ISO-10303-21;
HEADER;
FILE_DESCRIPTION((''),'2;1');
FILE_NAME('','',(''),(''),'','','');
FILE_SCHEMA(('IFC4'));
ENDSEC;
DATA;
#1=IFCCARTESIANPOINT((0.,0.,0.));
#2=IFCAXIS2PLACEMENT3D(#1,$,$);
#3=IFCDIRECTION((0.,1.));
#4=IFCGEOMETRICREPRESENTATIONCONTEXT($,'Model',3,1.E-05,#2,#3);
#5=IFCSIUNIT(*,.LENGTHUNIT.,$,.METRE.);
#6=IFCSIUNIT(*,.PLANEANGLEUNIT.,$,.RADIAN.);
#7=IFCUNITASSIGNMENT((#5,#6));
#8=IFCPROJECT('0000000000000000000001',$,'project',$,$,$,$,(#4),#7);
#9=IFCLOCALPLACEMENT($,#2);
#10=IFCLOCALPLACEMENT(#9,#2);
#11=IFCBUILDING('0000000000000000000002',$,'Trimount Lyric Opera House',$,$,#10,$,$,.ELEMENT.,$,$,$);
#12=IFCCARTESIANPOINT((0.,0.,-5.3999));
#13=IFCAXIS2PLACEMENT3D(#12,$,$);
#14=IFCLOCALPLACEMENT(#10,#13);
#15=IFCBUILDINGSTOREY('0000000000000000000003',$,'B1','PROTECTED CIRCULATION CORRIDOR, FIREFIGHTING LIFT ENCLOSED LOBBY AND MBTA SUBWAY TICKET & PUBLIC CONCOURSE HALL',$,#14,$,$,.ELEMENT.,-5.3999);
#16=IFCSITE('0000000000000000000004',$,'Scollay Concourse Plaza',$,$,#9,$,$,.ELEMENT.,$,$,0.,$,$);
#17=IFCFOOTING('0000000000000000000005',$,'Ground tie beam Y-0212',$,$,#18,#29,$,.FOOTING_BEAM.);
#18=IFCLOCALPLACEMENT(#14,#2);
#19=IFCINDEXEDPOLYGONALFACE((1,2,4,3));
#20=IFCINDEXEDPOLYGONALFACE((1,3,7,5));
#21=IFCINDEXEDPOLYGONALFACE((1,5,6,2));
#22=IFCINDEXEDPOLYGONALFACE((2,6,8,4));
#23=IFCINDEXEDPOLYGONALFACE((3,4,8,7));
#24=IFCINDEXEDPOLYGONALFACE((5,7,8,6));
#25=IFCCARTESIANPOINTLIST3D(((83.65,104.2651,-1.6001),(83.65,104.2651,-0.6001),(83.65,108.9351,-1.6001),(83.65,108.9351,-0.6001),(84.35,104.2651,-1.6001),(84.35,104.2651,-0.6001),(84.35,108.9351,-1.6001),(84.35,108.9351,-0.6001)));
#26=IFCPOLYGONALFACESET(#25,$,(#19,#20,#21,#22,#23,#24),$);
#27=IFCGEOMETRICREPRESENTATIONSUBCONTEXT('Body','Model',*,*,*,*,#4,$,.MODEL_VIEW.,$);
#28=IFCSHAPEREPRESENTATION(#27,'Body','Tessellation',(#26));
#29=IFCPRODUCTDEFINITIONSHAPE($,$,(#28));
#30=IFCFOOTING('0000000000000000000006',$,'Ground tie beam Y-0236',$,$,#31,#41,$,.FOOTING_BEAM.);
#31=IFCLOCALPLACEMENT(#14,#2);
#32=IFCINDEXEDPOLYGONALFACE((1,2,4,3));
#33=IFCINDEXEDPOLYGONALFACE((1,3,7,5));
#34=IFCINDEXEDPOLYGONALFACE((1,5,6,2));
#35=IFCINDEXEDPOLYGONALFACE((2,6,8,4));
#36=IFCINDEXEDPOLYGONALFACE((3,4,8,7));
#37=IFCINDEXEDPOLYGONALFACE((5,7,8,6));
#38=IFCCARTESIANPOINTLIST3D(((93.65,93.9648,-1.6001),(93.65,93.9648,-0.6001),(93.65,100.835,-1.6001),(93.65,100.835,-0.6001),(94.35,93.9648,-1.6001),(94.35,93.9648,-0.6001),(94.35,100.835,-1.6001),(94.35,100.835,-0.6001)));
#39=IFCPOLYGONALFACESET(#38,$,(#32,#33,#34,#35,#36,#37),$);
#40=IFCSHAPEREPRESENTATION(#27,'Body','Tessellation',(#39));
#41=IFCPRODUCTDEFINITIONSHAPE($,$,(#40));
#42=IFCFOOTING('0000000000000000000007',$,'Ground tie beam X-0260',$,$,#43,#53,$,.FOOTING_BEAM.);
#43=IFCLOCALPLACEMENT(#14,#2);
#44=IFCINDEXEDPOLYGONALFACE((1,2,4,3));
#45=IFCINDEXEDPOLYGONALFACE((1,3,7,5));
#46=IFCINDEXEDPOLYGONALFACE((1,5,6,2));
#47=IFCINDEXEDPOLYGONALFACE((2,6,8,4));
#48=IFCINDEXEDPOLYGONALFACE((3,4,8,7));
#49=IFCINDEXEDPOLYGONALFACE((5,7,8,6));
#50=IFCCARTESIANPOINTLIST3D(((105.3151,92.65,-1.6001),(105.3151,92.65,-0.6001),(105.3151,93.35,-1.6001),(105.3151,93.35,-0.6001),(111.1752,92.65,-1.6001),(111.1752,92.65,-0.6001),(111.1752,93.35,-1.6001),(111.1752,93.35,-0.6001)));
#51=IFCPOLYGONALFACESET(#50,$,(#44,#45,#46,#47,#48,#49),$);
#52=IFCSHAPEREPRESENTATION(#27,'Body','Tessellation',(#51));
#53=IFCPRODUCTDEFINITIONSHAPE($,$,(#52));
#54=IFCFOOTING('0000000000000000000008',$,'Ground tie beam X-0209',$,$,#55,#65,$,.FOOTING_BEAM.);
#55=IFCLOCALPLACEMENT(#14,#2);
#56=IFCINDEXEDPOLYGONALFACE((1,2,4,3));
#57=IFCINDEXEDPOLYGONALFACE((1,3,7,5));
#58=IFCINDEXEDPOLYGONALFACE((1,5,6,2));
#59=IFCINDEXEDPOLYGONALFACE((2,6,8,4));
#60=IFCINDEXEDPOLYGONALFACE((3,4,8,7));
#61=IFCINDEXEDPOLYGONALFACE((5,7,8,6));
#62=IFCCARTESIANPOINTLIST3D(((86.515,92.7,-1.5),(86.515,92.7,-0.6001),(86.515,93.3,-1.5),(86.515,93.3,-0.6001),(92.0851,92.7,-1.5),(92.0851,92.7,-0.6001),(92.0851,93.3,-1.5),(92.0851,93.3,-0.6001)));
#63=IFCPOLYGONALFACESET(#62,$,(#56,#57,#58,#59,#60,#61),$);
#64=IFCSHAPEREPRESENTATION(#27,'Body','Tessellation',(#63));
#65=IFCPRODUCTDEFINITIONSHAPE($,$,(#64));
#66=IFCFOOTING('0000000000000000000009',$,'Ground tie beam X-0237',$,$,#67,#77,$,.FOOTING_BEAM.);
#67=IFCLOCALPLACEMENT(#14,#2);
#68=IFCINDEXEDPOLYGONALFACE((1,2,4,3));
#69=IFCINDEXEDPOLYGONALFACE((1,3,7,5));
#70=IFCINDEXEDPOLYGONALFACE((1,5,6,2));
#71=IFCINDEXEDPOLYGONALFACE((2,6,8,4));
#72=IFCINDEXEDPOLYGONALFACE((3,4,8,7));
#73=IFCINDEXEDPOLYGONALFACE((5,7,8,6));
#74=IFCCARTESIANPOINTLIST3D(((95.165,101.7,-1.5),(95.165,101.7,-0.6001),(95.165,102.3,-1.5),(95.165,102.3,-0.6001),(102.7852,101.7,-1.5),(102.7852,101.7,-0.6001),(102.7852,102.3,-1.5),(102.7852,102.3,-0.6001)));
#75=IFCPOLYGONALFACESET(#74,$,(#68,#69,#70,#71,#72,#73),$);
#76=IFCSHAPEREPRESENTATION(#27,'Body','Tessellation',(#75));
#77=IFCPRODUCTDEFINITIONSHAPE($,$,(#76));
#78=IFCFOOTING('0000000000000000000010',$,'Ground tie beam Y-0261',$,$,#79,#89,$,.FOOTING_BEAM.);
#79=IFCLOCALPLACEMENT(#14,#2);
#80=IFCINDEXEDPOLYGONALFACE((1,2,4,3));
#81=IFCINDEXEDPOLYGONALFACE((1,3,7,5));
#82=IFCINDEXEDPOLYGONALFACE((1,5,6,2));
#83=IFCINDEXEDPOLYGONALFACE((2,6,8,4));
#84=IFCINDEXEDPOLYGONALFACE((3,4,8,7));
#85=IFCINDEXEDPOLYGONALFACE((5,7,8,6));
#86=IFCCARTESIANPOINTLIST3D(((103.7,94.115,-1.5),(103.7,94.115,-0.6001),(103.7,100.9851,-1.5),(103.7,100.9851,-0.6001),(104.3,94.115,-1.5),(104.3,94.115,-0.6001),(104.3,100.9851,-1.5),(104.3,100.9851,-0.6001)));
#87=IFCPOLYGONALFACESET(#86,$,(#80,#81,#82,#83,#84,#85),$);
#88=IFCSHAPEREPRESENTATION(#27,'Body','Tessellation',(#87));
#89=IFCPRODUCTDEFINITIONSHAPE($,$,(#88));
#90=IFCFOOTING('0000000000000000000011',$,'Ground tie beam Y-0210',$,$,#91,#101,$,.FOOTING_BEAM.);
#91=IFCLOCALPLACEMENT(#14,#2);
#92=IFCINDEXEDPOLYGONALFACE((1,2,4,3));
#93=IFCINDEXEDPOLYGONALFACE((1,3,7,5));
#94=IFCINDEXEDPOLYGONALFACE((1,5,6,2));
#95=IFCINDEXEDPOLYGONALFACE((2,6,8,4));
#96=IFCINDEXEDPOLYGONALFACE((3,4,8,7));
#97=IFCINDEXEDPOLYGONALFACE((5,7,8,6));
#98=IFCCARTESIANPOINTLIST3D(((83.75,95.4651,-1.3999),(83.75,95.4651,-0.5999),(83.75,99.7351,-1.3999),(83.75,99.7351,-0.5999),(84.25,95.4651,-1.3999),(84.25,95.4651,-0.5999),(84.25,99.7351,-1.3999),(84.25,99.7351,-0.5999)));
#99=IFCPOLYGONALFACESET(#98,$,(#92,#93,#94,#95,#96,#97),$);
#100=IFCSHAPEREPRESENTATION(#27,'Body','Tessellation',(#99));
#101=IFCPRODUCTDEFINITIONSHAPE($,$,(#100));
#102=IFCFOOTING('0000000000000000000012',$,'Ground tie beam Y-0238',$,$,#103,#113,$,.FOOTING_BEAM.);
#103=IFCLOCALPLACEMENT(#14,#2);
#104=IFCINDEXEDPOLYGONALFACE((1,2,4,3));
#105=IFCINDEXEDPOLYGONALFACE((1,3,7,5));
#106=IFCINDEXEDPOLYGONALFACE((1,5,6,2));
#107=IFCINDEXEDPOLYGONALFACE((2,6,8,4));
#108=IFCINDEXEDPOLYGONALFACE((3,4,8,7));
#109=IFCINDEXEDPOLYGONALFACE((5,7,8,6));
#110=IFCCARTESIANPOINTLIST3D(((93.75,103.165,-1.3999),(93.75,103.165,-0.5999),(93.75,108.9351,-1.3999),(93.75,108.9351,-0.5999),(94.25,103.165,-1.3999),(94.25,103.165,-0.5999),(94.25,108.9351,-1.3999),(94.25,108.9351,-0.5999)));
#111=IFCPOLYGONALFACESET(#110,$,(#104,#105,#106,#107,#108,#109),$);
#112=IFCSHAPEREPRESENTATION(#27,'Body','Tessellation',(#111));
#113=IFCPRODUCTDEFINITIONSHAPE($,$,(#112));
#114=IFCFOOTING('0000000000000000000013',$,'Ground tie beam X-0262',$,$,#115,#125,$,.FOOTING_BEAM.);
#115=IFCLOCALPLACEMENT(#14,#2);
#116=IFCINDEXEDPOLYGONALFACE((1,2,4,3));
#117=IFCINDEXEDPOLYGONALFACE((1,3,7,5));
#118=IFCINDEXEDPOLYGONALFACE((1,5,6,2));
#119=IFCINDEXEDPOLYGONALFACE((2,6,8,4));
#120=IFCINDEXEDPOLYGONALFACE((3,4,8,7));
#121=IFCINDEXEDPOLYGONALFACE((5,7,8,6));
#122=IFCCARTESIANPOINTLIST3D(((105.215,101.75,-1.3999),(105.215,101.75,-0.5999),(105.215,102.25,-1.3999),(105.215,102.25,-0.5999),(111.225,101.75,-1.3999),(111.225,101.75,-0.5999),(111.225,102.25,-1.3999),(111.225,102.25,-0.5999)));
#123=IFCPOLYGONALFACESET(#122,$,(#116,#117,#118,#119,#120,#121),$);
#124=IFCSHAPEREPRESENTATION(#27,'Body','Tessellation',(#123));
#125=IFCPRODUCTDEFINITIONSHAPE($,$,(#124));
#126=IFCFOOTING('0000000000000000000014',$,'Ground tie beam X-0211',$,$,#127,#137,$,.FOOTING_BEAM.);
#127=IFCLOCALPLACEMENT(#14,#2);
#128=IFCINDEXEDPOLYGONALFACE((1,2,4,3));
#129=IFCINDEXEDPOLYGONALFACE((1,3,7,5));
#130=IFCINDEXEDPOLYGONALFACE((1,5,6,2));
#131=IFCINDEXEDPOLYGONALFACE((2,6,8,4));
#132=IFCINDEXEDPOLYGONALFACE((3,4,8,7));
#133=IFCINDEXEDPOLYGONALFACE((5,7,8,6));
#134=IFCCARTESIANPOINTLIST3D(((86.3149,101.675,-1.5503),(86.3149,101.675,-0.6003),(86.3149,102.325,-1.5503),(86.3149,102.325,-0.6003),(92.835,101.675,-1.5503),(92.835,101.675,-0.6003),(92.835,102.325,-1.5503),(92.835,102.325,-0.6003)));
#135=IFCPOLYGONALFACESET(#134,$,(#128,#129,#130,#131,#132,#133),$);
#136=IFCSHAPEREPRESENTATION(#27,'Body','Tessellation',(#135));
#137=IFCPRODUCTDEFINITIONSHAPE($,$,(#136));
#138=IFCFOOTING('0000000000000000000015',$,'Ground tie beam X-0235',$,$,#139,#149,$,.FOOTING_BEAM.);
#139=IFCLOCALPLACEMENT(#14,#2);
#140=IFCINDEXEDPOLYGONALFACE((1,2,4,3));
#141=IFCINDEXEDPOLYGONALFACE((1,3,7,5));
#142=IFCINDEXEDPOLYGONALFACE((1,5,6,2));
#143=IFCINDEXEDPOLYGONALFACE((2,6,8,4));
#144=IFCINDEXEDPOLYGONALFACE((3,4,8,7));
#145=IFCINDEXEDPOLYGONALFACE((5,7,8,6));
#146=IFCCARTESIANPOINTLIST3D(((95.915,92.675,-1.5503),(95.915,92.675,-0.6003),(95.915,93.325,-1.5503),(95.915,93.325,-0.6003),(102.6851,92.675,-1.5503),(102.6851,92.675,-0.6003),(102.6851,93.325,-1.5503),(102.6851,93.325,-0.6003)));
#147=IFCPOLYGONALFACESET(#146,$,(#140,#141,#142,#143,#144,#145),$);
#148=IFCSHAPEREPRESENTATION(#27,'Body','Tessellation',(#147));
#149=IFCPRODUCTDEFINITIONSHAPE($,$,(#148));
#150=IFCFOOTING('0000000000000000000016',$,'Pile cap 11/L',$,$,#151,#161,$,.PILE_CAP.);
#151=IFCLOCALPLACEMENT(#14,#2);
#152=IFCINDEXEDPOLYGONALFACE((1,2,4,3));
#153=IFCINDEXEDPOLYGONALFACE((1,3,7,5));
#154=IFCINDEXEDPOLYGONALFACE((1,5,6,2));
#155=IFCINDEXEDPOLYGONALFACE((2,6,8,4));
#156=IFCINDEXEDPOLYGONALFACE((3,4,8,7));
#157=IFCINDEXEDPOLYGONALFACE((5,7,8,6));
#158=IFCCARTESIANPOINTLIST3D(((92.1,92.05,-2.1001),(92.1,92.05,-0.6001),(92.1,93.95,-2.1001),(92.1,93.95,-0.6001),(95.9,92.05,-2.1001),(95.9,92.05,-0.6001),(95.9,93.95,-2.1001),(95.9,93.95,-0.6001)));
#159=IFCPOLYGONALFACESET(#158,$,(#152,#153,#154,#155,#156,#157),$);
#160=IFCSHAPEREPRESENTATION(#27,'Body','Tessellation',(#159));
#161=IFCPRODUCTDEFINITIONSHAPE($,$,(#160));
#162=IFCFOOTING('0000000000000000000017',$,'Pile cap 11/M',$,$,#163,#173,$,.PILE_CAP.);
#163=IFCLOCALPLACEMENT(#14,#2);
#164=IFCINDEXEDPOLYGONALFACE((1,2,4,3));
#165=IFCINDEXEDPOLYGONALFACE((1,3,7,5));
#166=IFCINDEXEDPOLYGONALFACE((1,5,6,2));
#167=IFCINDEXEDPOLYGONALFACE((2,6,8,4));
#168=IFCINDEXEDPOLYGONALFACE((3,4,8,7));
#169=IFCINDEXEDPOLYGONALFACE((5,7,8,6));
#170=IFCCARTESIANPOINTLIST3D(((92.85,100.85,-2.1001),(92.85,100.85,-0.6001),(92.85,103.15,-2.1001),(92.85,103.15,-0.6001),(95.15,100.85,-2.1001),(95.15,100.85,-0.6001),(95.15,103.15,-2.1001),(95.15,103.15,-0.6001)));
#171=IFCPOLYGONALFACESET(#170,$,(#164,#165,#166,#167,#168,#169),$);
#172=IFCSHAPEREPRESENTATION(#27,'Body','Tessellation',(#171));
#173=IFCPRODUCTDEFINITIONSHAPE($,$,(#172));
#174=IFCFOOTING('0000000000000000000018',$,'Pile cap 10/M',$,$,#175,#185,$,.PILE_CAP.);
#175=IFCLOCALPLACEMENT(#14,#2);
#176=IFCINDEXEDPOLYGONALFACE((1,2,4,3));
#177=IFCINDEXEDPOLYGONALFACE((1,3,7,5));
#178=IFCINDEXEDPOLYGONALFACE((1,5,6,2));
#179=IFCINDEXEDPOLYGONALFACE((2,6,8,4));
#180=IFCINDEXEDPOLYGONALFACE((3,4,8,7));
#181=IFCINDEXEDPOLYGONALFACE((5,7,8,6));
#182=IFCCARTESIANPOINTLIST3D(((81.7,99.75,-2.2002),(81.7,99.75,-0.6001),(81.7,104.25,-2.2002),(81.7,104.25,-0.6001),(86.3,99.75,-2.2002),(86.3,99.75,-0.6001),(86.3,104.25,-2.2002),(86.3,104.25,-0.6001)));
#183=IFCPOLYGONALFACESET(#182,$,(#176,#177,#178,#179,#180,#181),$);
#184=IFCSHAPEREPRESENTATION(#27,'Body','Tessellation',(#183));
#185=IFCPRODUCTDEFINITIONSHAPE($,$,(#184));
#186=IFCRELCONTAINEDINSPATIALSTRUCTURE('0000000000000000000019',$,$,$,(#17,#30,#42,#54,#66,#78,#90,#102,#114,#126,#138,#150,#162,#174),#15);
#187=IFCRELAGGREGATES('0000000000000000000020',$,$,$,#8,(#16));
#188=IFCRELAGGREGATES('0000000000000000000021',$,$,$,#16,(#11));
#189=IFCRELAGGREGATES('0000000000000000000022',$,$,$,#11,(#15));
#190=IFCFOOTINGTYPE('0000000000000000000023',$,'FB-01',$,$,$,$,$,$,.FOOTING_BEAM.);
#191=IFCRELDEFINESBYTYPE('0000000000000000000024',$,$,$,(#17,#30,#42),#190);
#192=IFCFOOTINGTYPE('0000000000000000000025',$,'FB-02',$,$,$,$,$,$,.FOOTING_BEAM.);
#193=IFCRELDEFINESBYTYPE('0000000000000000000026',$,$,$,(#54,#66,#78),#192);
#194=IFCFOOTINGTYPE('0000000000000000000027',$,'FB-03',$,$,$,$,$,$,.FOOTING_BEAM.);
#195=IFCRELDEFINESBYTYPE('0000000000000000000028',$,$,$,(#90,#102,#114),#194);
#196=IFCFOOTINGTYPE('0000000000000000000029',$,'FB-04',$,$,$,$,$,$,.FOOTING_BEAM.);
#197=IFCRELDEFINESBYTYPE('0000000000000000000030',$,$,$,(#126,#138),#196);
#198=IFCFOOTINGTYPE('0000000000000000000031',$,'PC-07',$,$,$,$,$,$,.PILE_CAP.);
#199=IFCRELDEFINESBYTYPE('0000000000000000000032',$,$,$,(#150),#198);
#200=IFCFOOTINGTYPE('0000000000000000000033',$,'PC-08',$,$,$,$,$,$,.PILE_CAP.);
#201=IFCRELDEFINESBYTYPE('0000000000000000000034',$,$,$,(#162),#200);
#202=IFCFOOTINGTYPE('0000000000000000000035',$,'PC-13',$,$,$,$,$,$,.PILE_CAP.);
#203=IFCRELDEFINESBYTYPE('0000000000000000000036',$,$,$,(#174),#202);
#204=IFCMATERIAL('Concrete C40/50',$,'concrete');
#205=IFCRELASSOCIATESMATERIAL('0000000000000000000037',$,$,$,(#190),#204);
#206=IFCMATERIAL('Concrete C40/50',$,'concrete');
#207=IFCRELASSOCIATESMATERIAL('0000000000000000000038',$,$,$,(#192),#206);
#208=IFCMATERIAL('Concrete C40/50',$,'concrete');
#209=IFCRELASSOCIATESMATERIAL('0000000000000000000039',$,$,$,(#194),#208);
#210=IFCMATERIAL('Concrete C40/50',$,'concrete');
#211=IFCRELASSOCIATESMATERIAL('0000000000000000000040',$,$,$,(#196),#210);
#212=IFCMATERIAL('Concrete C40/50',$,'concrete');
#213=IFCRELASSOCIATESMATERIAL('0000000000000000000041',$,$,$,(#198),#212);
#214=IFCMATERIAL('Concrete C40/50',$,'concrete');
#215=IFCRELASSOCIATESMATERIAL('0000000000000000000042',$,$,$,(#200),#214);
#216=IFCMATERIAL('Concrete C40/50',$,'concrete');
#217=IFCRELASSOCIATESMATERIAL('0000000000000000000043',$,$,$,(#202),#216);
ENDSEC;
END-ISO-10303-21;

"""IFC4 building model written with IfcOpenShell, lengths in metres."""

from ifc_helpers import new_model, si_unit, direction, frame, origin, origin_2d, place, context, subcontext, project, spatial, rectangle, extrude, material, type_object, element, save


model = new_model("IFC4")

# Units and contexts
model_context = context("Model", 3, precision=1e-05, world=origin(), true_north=direction((0.0, 1.0)))
body_context = subcontext(model_context, "Body", "Model", "MODEL_VIEW")
ifc_project = project(units=[si_unit("LENGTHUNIT", "METRE"), si_unit("PLANEANGLEUNIT", "RADIAN")], contexts=[model_context])

# Site, building, storey
site_placement = place(None, origin())
site = spatial("IfcSite", under=ifc_project, at=site_placement, Name="Scollay Concourse Plaza", CompositionType="ELEMENT", RefElevation=0.0)
building_placement = place(site_placement, origin())
building = spatial("IfcBuilding", under=site, at=building_placement, Name="Trimount Lyric Opera House", CompositionType="ELEMENT")
storey_placement = place(building_placement, frame((0.0, 0.0, -5.3999)))
storey = spatial("IfcBuildingStorey", under=building, at=storey_placement, Name="B1", Description="PROTECTED CIRCULATION CORRIDOR, FIREFIGHTING LIFT ENCLOSED LOBBY AND MBTA SUBWAY TICKET & PUBLIC CONCOURSE HALL", CompositionType="ELEMENT", Elevation=-5.3999)

# Footings
ifc_material_1 = material(Name="Concrete C40/50", Category="concrete")
footing_type_1 = type_object("IfcFootingType", Name="FB-01", PredefinedType="FOOTING_BEAM", material=ifc_material_1)
footing_1_placement = place(storey_placement, frame((84.0, 106.6001, -1.6001), z_axis=(0.0, 0.0, 1.0), x_axis=(1.0, 0.0, 0.0)))
element("IfcFooting", 1, at=footing_1_placement, inside=storey, type_object=footing_type_1, Name="Ground tie beam Y-0212", PredefinedType="FOOTING_BEAM", context=body_context, shape_type="SweptSolid", body=[
    extrude(rectangle(XDim=0.7, YDim=4.6699, at=origin_2d()), origin(), (0.0, 0.0, 1.0), 1.0),
])
footing_2_placement = place(storey_placement, frame((94.0, 97.3999, -1.6001), z_axis=(0.0, 0.0, 1.0), x_axis=(1.0, 0.0, 0.0)))
element("IfcFooting", 2, at=footing_2_placement, inside=storey, type_object=footing_type_1, Name="Ground tie beam Y-0236", PredefinedType="FOOTING_BEAM", context=body_context, shape_type="SweptSolid", body=[
    extrude(rectangle(XDim=0.7, YDim=6.8701, at=origin_2d()), origin(), (0.0, 0.0, 1.0), 1.0),
])
footing_3_placement = place(storey_placement, frame((108.2451, 93.0, -1.6001), z_axis=(0.0, 0.0, 1.0), x_axis=(1.0, 0.0, 0.0)))
element("IfcFooting", 3, at=footing_3_placement, inside=storey, type_object=footing_type_1, Name="Ground tie beam X-0260", PredefinedType="FOOTING_BEAM", context=body_context, shape_type="SweptSolid", body=[
    extrude(rectangle(XDim=5.8601, YDim=0.7, at=origin_2d()), origin(), (0.0, 0.0, 1.0), 1.0),
])
ifc_material_2 = material(Name="Concrete C40/50", Category="concrete")
footing_type_2 = type_object("IfcFootingType", Name="FB-02", PredefinedType="FOOTING_BEAM", material=ifc_material_2)
footing_4_placement = place(storey_placement, frame((89.3, 93.0, -1.5), z_axis=(0.0, 0.0, 1.0), x_axis=(1.0, 0.0, 0.0)))
element("IfcFooting", 4, at=footing_4_placement, inside=storey, type_object=footing_type_2, Name="Ground tie beam X-0209", PredefinedType="FOOTING_BEAM", context=body_context, shape_type="SweptSolid", body=[
    extrude(rectangle(XDim=5.5701, YDim=0.6001, at=origin_2d()), origin(), (0.0, 0.0, 1.0), 0.8999),
])
footing_5_placement = place(storey_placement, frame((98.9751, 102.0, -1.5), z_axis=(0.0, 0.0, 1.0), x_axis=(1.0, 0.0, 0.0)))
element("IfcFooting", 5, at=footing_5_placement, inside=storey, type_object=footing_type_2, Name="Ground tie beam X-0237", PredefinedType="FOOTING_BEAM", context=body_context, shape_type="SweptSolid", body=[
    extrude(rectangle(XDim=7.6201, YDim=0.6001, at=origin_2d()), origin(), (0.0, 0.0, 1.0), 0.8999),
])
footing_6_placement = place(storey_placement, frame((104.0, 97.55, -1.5), z_axis=(0.0, 0.0, 1.0), x_axis=(1.0, 0.0, 0.0)))
element("IfcFooting", 6, at=footing_6_placement, inside=storey, type_object=footing_type_2, Name="Ground tie beam Y-0261", PredefinedType="FOOTING_BEAM", context=body_context, shape_type="SweptSolid", body=[
    extrude(rectangle(XDim=0.6001, YDim=6.8701, at=origin_2d()), origin(), (0.0, 0.0, 1.0), 0.8999),
])
ifc_material_3 = material(Name="Concrete C40/50", Category="concrete")
footing_type_3 = type_object("IfcFootingType", Name="FB-03", PredefinedType="FOOTING_BEAM", material=ifc_material_3)
footing_7_placement = place(storey_placement, frame((84.0, 97.6001, -1.3999), z_axis=(0.0, 0.0, 1.0), x_axis=(1.0, 0.0, 0.0)))
element("IfcFooting", 7, at=footing_7_placement, inside=storey, type_object=footing_type_3, Name="Ground tie beam Y-0210", PredefinedType="FOOTING_BEAM", context=body_context, shape_type="SweptSolid", body=[
    extrude(rectangle(XDim=0.5, YDim=4.27, at=origin_2d()), origin(), (0.0, 0.0, 1.0), 0.8),
])
footing_8_placement = place(storey_placement, frame((94.0, 106.05, -1.3999), z_axis=(0.0, 0.0, 1.0), x_axis=(1.0, 0.0, 0.0)))
element("IfcFooting", 8, at=footing_8_placement, inside=storey, type_object=footing_type_3, Name="Ground tie beam Y-0238", PredefinedType="FOOTING_BEAM", context=body_context, shape_type="SweptSolid", body=[
    extrude(rectangle(XDim=0.5, YDim=5.77, at=origin_2d()), origin(), (0.0, 0.0, 1.0), 0.8),
])
footing_9_placement = place(storey_placement, frame((108.22, 102.0, -1.3999), z_axis=(0.0, 0.0, 1.0), x_axis=(1.0, 0.0, 0.0)))
element("IfcFooting", 9, at=footing_9_placement, inside=storey, type_object=footing_type_3, Name="Ground tie beam X-0262", PredefinedType="FOOTING_BEAM", context=body_context, shape_type="SweptSolid", body=[
    extrude(rectangle(XDim=6.01, YDim=0.5, at=origin_2d()), origin(), (0.0, 0.0, 1.0), 0.8),
])
ifc_material_4 = material(Name="Concrete C40/50", Category="concrete")
footing_type_4 = type_object("IfcFootingType", Name="FB-04", PredefinedType="FOOTING_BEAM", material=ifc_material_4)
footing_10_placement = place(storey_placement, frame((89.575, 102.0, -1.5503), z_axis=(0.0, 0.0, 1.0), x_axis=(1.0, 0.0, 0.0)))
element("IfcFooting", 10, at=footing_10_placement, inside=storey, type_object=footing_type_4, Name="Ground tie beam X-0211", PredefinedType="FOOTING_BEAM", context=body_context, shape_type="SweptSolid", body=[
    extrude(rectangle(XDim=6.52, YDim=0.6499, at=origin_2d()), origin(), (0.0, 0.0, 1.0), 0.95),
])
footing_11_placement = place(storey_placement, frame((99.3, 93.0, -1.5503), z_axis=(0.0, 0.0, 1.0), x_axis=(1.0, 0.0, 0.0)))
element("IfcFooting", 11, at=footing_11_placement, inside=storey, type_object=footing_type_4, Name="Ground tie beam X-0235", PredefinedType="FOOTING_BEAM", context=body_context, shape_type="SweptSolid", body=[
    extrude(rectangle(XDim=6.77, YDim=0.6499, at=origin_2d()), origin(), (0.0, 0.0, 1.0), 0.95),
])
ifc_material_5 = material(Name="Concrete C40/50", Category="concrete")
footing_type_5 = type_object("IfcFootingType", Name="PC-07", PredefinedType="PILE_CAP", material=ifc_material_5)
footing_12_placement = place(storey_placement, frame((94.0, 93.0, -2.1001), z_axis=(0.0, 0.0, 1.0), x_axis=(1.0, 0.0, 0.0)))
element("IfcFooting", 12, at=footing_12_placement, inside=storey, type_object=footing_type_5, Name="Pile cap 11/L", PredefinedType="PILE_CAP", context=body_context, shape_type="SweptSolid", body=[
    extrude(rectangle(XDim=3.8, YDim=1.8999, at=origin_2d()), origin(), (0.0, 0.0, 1.0), 1.5),
])
ifc_material_6 = material(Name="Concrete C40/50", Category="concrete")
footing_type_6 = type_object("IfcFootingType", Name="PC-08", PredefinedType="PILE_CAP", material=ifc_material_6)
footing_13_placement = place(storey_placement, frame((94.0, 102.0, -2.1001), z_axis=(0.0, 0.0, 1.0), x_axis=(1.0, 0.0, 0.0)))
element("IfcFooting", 13, at=footing_13_placement, inside=storey, type_object=footing_type_6, Name="Pile cap 11/M", PredefinedType="PILE_CAP", context=body_context, shape_type="SweptSolid", body=[
    extrude(rectangle(XDim=2.3, YDim=2.3, at=origin_2d()), origin(), (0.0, 0.0, 1.0), 1.5),
])
ifc_material_7 = material(Name="Concrete C40/50", Category="concrete")
footing_type_7 = type_object("IfcFootingType", Name="PC-13", PredefinedType="PILE_CAP", material=ifc_material_7)
footing_14_placement = place(storey_placement, frame((84.0, 102.0, -2.2002), z_axis=(0.0, 0.0, 1.0), x_axis=(1.0, 0.0, 0.0)))
element("IfcFooting", 14, at=footing_14_placement, inside=storey, type_object=footing_type_7, Name="Pile cap 10/M", PredefinedType="PILE_CAP", context=body_context, shape_type="SweptSolid", body=[
    extrude(rectangle(XDim=4.6001, YDim=4.5, at=origin_2d()), origin(), (0.0, 0.0, 1.0), 1.6001),
])

save(model, "model.ifc")
